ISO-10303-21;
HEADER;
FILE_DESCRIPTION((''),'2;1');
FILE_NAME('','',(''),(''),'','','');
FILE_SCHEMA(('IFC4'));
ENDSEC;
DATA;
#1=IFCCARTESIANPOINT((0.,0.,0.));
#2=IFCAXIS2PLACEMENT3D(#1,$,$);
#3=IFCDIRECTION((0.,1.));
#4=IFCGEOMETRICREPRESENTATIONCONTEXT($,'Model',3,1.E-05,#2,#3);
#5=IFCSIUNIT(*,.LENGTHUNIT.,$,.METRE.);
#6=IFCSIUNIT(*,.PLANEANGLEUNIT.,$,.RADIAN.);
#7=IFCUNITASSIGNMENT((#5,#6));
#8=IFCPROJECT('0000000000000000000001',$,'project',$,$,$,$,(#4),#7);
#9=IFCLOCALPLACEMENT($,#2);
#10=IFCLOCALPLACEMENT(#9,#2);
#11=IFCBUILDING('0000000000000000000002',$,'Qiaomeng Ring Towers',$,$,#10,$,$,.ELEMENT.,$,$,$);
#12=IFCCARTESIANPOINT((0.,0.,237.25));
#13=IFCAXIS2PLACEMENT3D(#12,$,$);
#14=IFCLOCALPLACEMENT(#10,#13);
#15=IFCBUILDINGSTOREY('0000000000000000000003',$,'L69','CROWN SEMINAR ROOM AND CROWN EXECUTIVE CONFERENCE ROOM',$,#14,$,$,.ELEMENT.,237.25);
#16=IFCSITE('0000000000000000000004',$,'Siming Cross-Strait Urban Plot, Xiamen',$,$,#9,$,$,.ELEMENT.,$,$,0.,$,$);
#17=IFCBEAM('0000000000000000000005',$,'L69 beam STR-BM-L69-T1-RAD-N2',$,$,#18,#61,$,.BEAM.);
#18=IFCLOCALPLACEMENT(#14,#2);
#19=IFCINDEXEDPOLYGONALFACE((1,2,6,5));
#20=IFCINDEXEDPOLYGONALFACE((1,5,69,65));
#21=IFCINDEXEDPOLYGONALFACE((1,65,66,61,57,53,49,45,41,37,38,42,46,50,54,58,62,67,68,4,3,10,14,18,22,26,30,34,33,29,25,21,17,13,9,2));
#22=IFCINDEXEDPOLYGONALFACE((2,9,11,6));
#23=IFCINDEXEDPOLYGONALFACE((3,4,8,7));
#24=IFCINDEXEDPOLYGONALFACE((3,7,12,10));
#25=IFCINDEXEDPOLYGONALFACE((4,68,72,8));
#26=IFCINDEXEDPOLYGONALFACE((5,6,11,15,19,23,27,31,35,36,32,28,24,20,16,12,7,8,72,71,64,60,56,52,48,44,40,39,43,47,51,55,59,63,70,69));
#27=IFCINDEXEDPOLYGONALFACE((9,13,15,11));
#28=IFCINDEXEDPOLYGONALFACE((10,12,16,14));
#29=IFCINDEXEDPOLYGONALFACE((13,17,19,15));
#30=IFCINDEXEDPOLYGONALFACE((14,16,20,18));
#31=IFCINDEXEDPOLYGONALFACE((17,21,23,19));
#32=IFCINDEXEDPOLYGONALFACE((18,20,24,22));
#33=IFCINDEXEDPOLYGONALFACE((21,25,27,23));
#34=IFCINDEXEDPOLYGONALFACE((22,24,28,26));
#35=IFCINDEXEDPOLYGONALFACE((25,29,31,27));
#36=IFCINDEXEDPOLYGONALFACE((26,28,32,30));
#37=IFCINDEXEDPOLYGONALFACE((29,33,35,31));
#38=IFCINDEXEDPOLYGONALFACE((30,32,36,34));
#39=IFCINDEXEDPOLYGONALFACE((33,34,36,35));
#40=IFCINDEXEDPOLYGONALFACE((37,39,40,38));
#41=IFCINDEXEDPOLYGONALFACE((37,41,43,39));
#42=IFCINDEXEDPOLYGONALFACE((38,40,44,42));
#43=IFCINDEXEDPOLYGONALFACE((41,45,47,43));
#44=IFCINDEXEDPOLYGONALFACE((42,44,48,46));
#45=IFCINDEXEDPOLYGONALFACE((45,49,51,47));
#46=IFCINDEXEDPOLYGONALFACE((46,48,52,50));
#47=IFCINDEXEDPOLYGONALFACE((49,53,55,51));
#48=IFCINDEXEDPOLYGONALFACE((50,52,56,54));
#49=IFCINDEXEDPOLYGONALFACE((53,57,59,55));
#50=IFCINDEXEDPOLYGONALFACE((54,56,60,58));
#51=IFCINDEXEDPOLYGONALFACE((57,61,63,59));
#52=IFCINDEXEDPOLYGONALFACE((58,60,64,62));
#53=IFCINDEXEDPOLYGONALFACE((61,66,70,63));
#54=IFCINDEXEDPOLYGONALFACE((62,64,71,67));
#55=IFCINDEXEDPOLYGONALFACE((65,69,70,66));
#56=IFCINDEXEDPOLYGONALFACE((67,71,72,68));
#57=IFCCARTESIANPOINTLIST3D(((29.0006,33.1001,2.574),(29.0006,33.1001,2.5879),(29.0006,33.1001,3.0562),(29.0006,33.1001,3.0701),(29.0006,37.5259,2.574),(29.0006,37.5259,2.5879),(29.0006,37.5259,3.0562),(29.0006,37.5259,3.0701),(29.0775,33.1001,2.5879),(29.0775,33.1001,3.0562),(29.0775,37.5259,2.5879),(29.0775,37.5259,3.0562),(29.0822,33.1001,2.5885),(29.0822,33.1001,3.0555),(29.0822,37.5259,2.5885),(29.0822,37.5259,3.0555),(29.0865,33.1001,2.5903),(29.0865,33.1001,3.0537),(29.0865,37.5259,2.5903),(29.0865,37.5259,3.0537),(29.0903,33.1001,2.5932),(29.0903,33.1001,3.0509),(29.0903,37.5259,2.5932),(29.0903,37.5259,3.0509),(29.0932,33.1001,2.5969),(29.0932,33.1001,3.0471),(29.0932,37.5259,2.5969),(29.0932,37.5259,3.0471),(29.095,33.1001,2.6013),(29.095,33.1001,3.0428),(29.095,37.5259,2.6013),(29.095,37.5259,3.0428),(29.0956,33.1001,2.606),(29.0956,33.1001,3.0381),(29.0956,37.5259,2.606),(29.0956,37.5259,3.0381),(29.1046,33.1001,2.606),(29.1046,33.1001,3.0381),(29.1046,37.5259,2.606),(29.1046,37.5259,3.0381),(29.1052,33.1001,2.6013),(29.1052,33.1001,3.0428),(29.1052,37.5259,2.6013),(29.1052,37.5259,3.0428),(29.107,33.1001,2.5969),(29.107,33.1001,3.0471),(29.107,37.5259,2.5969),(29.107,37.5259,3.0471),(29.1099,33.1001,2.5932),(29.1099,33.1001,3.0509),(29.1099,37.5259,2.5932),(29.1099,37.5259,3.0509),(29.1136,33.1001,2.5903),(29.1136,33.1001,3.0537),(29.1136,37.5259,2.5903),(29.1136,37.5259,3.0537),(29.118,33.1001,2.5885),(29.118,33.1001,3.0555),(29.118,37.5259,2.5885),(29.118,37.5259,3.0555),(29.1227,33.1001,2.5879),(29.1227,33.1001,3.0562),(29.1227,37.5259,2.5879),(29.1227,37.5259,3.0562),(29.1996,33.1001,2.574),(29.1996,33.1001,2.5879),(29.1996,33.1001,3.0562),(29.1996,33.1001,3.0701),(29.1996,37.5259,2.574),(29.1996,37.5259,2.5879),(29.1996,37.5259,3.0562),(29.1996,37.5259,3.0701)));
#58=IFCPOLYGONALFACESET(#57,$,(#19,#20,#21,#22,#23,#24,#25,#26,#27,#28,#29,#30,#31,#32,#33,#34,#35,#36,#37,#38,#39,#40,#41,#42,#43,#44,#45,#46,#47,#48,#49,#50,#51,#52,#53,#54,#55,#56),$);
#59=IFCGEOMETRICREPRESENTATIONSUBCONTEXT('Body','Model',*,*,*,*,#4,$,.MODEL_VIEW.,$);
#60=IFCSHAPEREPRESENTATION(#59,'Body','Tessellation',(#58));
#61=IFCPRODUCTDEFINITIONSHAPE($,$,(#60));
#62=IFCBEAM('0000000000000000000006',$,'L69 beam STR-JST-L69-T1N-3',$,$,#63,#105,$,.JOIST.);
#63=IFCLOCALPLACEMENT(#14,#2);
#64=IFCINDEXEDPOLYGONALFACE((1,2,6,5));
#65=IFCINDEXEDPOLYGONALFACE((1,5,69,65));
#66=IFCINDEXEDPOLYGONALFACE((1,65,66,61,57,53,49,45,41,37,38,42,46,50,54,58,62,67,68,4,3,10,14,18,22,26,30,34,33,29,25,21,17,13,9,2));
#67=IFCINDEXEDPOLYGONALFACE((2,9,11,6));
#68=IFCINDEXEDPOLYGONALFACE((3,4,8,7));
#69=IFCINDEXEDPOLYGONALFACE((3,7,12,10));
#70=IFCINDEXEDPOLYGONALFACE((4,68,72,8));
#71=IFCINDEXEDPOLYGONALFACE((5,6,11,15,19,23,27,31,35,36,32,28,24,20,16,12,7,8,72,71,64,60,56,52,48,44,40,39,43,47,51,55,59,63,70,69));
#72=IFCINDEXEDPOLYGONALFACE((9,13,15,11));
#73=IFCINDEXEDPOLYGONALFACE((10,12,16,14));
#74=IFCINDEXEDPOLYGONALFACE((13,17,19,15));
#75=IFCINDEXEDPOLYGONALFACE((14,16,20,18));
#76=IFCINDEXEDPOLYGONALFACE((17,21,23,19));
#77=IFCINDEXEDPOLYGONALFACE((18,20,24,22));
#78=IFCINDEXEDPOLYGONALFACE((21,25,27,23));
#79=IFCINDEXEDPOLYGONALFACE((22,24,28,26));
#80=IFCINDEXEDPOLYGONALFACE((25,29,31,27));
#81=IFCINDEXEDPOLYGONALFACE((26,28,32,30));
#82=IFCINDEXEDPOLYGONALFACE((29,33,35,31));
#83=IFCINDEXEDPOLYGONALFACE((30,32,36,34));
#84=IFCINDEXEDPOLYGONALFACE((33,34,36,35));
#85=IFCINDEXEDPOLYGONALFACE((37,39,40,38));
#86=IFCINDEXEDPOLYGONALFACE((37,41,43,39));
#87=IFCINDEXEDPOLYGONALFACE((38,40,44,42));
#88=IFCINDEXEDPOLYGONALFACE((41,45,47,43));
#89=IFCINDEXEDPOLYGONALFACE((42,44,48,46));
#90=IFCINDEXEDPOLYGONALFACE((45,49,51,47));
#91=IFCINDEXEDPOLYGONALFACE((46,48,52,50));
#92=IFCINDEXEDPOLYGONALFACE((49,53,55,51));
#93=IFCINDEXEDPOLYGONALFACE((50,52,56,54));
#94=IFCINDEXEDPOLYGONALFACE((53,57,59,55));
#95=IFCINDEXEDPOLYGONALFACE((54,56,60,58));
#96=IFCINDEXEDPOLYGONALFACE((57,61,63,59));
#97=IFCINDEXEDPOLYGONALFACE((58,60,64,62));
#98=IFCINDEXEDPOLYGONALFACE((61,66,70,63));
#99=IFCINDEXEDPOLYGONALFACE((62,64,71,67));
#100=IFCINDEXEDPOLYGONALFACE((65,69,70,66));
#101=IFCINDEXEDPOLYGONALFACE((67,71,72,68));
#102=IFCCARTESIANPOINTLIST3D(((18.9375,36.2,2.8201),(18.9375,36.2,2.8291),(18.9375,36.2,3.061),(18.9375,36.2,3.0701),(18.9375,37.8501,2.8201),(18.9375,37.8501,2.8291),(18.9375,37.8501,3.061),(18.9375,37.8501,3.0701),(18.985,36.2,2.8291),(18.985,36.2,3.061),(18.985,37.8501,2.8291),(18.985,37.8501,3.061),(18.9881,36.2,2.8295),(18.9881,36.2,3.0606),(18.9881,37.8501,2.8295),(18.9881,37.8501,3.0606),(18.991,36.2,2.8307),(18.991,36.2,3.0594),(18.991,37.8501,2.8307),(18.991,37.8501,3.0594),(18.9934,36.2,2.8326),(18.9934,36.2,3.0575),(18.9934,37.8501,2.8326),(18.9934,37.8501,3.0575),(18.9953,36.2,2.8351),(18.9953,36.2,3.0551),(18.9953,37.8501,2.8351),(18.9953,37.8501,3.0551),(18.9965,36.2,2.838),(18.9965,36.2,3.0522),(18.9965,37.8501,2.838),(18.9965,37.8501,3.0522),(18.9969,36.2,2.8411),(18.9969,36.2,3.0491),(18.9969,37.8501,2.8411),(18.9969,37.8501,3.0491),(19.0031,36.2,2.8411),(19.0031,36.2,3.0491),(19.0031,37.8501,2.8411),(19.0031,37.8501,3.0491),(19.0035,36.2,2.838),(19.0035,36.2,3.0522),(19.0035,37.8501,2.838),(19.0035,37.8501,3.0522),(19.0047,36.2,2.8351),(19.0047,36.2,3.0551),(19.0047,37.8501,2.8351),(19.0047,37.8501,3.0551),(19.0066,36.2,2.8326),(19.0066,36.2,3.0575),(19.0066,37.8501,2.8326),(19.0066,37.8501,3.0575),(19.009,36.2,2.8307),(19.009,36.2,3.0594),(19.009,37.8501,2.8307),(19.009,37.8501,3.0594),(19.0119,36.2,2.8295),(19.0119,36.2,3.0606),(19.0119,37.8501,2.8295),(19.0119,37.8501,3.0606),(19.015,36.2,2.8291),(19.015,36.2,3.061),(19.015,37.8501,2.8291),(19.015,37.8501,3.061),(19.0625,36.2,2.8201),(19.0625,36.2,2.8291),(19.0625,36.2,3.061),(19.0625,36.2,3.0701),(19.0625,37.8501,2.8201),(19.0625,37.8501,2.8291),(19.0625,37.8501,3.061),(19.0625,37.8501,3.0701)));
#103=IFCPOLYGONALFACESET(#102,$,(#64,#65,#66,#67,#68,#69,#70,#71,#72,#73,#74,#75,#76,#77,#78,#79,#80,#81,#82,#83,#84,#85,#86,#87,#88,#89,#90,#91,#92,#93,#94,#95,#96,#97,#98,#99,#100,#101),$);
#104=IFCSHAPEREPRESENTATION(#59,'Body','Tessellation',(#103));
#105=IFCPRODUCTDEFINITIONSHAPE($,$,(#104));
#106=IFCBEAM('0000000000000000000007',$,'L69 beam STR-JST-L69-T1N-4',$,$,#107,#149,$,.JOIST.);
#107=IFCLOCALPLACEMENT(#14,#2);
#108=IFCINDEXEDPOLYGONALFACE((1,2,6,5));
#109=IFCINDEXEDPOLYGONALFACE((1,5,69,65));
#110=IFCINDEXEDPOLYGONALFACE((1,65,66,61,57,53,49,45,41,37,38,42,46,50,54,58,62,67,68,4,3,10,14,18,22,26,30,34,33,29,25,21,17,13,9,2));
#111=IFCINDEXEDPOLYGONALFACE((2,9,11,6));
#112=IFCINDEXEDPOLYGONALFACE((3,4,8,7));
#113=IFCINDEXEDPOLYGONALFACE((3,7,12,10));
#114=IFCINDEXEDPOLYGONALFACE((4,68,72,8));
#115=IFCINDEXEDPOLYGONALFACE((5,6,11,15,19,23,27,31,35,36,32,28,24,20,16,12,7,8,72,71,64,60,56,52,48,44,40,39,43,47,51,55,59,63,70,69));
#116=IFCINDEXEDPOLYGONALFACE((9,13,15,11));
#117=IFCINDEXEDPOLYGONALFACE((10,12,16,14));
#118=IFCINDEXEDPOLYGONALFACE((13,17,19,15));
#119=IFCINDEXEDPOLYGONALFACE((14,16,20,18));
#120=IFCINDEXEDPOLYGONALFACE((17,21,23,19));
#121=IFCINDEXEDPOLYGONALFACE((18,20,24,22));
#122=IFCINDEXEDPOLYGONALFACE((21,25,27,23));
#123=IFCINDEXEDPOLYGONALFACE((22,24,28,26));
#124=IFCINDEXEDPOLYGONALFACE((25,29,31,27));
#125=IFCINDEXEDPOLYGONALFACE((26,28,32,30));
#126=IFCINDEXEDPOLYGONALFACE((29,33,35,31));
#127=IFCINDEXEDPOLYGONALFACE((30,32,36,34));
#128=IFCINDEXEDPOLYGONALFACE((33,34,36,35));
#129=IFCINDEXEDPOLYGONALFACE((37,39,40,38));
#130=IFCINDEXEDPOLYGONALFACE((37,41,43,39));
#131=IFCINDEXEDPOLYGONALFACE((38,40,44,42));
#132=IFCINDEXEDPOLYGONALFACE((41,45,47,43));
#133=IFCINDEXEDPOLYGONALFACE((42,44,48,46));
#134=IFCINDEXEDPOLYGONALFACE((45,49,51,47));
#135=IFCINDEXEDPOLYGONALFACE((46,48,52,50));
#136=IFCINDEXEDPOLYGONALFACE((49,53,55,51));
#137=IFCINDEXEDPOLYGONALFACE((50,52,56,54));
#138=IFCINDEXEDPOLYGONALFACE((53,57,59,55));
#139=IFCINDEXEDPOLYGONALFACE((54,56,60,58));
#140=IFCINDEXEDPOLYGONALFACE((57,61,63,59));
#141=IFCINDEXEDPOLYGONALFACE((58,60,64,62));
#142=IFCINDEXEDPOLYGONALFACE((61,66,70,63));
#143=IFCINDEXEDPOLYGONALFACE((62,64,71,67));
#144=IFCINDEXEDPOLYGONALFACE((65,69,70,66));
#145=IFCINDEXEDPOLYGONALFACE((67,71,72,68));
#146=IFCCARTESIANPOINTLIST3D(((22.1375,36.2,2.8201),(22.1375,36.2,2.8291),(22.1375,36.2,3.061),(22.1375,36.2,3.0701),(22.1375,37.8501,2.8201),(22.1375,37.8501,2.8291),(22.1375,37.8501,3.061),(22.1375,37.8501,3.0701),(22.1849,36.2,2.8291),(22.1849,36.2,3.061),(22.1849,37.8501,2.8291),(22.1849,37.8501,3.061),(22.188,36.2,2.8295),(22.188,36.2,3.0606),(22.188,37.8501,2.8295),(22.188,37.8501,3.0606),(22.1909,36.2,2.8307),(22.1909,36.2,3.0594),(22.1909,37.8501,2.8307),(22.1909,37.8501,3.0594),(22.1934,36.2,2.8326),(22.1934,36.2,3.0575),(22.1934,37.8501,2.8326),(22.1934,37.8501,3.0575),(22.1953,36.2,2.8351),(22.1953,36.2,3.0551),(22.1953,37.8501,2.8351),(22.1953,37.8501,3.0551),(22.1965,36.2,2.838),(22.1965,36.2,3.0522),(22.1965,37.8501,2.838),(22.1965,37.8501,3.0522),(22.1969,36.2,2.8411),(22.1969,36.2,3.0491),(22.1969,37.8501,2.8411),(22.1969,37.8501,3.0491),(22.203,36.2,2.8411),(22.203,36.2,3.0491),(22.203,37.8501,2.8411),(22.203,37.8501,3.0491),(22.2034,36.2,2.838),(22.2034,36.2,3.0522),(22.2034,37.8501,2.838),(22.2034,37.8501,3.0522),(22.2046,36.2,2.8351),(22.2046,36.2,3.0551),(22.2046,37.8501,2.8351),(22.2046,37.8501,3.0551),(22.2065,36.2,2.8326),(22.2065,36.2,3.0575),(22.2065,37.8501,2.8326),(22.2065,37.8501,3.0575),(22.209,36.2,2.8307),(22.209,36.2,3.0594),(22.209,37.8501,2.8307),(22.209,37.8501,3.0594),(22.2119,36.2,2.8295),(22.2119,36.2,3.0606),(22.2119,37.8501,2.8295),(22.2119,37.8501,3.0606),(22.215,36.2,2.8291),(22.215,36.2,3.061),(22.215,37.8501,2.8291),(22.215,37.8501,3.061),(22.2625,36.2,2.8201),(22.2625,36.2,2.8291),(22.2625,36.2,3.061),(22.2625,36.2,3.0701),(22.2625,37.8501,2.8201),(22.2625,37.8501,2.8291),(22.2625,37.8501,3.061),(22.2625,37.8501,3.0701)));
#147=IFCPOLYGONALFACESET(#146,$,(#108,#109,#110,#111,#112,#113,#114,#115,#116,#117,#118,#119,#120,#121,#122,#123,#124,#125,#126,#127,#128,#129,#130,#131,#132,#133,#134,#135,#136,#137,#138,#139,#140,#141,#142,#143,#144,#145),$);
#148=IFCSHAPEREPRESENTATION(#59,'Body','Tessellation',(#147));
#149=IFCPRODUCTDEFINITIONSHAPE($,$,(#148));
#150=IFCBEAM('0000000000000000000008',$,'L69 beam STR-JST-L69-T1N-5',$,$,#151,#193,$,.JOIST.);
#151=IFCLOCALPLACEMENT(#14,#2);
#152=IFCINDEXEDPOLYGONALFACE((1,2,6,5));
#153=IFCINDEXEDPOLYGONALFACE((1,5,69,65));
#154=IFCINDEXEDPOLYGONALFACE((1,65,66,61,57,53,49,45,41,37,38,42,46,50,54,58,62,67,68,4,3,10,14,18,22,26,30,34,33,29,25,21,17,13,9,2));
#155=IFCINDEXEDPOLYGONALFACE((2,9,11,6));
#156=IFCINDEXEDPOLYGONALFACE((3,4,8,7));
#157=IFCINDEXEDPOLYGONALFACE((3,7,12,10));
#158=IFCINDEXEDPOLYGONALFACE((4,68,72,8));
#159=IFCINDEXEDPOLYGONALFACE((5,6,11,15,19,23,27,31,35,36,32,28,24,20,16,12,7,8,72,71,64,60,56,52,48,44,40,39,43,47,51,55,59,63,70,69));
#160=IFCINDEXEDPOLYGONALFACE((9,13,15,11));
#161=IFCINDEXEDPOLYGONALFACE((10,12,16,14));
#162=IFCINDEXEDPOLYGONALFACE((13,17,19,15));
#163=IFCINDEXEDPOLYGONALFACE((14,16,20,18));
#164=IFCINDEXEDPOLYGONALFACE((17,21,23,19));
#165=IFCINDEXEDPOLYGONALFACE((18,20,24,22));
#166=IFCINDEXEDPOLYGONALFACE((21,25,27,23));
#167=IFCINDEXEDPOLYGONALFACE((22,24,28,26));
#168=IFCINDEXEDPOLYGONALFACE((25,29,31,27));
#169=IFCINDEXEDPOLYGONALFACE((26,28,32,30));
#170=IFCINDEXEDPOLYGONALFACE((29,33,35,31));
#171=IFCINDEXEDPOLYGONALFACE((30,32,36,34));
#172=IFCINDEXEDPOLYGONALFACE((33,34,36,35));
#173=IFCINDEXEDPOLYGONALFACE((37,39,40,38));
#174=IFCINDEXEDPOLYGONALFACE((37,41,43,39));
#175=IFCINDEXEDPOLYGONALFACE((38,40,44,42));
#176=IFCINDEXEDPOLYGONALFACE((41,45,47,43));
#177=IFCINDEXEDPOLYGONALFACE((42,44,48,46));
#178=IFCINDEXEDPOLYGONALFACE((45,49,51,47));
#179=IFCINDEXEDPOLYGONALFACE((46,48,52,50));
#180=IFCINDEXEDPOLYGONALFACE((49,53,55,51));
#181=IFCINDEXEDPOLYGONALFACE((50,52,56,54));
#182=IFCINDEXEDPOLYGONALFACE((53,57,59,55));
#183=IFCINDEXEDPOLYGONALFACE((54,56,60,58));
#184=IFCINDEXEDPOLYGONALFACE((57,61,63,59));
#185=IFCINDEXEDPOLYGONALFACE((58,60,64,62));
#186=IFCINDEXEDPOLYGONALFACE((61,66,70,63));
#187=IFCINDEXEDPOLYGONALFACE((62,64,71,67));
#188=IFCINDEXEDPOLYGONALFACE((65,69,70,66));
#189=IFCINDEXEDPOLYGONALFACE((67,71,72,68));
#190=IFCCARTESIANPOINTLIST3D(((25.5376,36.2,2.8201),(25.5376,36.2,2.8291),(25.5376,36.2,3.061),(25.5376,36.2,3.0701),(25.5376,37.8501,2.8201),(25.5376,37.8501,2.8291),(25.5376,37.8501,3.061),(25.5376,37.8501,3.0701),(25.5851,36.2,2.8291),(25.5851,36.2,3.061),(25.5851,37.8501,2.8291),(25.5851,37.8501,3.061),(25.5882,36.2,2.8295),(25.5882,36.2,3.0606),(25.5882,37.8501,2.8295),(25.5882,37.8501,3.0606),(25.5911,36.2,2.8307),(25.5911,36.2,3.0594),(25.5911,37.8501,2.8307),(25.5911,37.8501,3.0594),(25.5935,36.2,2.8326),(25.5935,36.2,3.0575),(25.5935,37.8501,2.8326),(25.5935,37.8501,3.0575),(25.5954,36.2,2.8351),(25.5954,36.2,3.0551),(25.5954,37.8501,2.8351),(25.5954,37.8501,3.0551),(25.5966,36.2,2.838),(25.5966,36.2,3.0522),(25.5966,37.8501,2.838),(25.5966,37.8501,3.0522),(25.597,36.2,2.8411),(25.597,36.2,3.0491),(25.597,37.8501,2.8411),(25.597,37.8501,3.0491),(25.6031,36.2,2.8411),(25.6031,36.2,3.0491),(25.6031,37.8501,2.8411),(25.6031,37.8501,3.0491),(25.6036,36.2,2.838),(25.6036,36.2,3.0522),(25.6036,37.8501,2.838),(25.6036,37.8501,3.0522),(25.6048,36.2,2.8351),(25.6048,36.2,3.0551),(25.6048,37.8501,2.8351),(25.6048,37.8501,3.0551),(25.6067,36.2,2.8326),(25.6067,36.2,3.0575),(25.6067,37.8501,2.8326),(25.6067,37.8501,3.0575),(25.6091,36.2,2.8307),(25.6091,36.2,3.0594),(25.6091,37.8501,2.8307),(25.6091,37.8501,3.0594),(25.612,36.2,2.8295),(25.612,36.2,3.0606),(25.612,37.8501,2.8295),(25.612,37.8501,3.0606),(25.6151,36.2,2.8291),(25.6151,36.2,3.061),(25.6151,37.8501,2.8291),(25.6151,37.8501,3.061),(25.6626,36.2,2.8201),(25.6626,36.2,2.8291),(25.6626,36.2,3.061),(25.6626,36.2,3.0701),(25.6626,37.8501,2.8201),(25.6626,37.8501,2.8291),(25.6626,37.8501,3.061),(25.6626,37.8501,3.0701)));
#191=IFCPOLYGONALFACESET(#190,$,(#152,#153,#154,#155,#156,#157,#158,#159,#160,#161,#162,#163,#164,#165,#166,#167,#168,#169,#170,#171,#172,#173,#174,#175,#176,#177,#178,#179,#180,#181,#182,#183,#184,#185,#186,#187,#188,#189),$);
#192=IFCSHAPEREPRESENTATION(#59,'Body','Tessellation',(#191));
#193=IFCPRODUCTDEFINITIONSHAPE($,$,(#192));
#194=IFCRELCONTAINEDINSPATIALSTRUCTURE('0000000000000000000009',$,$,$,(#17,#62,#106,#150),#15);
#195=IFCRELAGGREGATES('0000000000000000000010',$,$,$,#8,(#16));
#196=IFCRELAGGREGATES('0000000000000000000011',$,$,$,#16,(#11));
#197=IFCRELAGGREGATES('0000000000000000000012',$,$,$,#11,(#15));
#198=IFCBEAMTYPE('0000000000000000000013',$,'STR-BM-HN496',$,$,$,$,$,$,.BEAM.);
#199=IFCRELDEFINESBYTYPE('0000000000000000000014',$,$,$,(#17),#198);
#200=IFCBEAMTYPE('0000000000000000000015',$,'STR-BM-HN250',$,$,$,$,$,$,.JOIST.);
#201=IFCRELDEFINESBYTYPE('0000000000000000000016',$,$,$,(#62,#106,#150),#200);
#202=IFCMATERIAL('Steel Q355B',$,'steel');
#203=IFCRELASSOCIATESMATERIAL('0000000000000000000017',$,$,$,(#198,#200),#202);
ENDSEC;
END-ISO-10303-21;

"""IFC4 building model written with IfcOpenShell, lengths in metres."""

from ifc_helpers import new_model, si_unit, direction, frame, origin, origin_2d, place, context, subcontext, project, spatial, i_section, extrude, source, transform, mapped, material, material_profile, profile_set, type_object, element, save


model = new_model("IFC4")

# Units and contexts
model_context = context("Model", 3, precision=1e-05, world=origin(), true_north=direction((0.0, 1.0)))
body_context = subcontext(model_context, "Body", "Model", "MODEL_VIEW")
ifc_project = project(units=[si_unit("LENGTHUNIT", "METRE"), si_unit("PLANEANGLEUNIT", "RADIAN")], contexts=[model_context])

# Site, building, storey
site_placement = place(None, origin())
site = spatial("IfcSite", under=ifc_project, at=site_placement, Name="Siming Cross-Strait Urban Plot, Xiamen", CompositionType="ELEMENT", RefElevation=0.0)
building_placement = place(site_placement, origin())
building = spatial("IfcBuilding", under=site, at=building_placement, Name="Qiaomeng Ring Towers", CompositionType="ELEMENT")
storey_placement = place(building_placement, frame((0.0, 0.0, 237.25)))
storey = spatial("IfcBuildingStorey", under=building, at=storey_placement, Name="L69", Description="CROWN SEMINAR ROOM AND CROWN EXECUTIVE CONFERENCE ROOM", CompositionType="ELEMENT", Elevation=237.25)

# Beams
ifc_material_1 = material(Name="Steel Q355B", Category="steel")
ifc_material_profile_1 = material_profile(ifc_material_1, i_section(OverallWidth=0.199, OverallDepth=0.4961, WebThickness=0.009, FlangeThickness=0.0139, FilletRadius=0.0181, at=origin_2d()), Name="HN 496x199x9x14")
ifc_profile_set_1 = profile_set([ifc_material_profile_1], Name="Steel Q355B")
beam_type_1 = type_object("IfcBeamType", Name="STR-BM-HN496", PredefinedType="BEAM", material=ifc_profile_set_1)
shared_shape_1 = source(origin(), body_context, "Body", "SweptSolid", [
    extrude(i_section(OverallWidth=0.199, OverallDepth=0.4961, WebThickness=0.009, FlangeThickness=0.0139, FilletRadius=0.0181, at=origin_2d()), origin(), (0.0, 0.0, 1.0), 4.4258),
])
beam_1_placement = place(storey_placement, frame((29.1001, 37.5259, 2.822), z_axis=(0.0, -1.0, 0.0), x_axis=(1.0, 0.0, 0.0)))
element("IfcBeam", 1, at=beam_1_placement, inside=storey, type_object=beam_type_1, Name="L69 beam STR-BM-L69-T1-RAD-N2", PredefinedType="BEAM", context=body_context, shape_type="MappedRepresentation", body=[
    mapped(shared_shape_1, transform((0.0, 0.0, 0.0), x_axis=(1.0, 0.0, 0.0), y_axis=(0.0, 1.0, 0.0), z_axis=(0.0, 0.0, 1.0), scale=1.0)),
])
ifc_material_profile_2 = material_profile(ifc_material_1, i_section(OverallWidth=0.125, OverallDepth=0.25, WebThickness=0.0061, FlangeThickness=0.009, FilletRadius=0.012, at=origin_2d()), Name="HN 250x125x6x9")
ifc_profile_set_2 = profile_set([ifc_material_profile_2], Name="Steel Q355B")
beam_type_2 = type_object("IfcBeamType", Name="STR-BM-HN250", PredefinedType="JOIST", material=ifc_profile_set_2)
shared_shape_2 = source(origin(), body_context, "Body", "SweptSolid", [
    extrude(i_section(OverallWidth=0.125, OverallDepth=0.25, WebThickness=0.0061, FlangeThickness=0.009, FilletRadius=0.012, at=origin_2d()), origin(), (0.0, 0.0, 1.0), 1.6501),
])
for number, where, z_axis, x_axis, name in (
    (2, (19.0, 36.2, 2.9451), (0.0, 1.0, 0.0), (-1.0, 0.0, 0.0), "L69 beam STR-JST-L69-T1N-3"),
    (3, (22.2, 36.2, 2.9451), (0.0, 1.0, 0.0), (-1.0, 0.0, 0.0), "L69 beam STR-JST-L69-T1N-4"),
    (4, (25.6001, 36.2, 2.9451), (0.0, 1.0, 0.0), (-1.0, 0.0, 0.0), "L69 beam STR-JST-L69-T1N-5"),
):
    element("IfcBeam", number, at=place(storey_placement, frame(where, z_axis=z_axis, x_axis=x_axis)), inside=storey, type_object=beam_type_2, Name=name, PredefinedType="JOIST", context=body_context, shape_type="MappedRepresentation", body=[
        mapped(shared_shape_2, transform((0.0, 0.0, 0.0), x_axis=(1.0, 0.0, 0.0), y_axis=(0.0, 1.0, 0.0), z_axis=(0.0, 0.0, 1.0), scale=1.0)),
    ])

save(model, "model.ifc")
